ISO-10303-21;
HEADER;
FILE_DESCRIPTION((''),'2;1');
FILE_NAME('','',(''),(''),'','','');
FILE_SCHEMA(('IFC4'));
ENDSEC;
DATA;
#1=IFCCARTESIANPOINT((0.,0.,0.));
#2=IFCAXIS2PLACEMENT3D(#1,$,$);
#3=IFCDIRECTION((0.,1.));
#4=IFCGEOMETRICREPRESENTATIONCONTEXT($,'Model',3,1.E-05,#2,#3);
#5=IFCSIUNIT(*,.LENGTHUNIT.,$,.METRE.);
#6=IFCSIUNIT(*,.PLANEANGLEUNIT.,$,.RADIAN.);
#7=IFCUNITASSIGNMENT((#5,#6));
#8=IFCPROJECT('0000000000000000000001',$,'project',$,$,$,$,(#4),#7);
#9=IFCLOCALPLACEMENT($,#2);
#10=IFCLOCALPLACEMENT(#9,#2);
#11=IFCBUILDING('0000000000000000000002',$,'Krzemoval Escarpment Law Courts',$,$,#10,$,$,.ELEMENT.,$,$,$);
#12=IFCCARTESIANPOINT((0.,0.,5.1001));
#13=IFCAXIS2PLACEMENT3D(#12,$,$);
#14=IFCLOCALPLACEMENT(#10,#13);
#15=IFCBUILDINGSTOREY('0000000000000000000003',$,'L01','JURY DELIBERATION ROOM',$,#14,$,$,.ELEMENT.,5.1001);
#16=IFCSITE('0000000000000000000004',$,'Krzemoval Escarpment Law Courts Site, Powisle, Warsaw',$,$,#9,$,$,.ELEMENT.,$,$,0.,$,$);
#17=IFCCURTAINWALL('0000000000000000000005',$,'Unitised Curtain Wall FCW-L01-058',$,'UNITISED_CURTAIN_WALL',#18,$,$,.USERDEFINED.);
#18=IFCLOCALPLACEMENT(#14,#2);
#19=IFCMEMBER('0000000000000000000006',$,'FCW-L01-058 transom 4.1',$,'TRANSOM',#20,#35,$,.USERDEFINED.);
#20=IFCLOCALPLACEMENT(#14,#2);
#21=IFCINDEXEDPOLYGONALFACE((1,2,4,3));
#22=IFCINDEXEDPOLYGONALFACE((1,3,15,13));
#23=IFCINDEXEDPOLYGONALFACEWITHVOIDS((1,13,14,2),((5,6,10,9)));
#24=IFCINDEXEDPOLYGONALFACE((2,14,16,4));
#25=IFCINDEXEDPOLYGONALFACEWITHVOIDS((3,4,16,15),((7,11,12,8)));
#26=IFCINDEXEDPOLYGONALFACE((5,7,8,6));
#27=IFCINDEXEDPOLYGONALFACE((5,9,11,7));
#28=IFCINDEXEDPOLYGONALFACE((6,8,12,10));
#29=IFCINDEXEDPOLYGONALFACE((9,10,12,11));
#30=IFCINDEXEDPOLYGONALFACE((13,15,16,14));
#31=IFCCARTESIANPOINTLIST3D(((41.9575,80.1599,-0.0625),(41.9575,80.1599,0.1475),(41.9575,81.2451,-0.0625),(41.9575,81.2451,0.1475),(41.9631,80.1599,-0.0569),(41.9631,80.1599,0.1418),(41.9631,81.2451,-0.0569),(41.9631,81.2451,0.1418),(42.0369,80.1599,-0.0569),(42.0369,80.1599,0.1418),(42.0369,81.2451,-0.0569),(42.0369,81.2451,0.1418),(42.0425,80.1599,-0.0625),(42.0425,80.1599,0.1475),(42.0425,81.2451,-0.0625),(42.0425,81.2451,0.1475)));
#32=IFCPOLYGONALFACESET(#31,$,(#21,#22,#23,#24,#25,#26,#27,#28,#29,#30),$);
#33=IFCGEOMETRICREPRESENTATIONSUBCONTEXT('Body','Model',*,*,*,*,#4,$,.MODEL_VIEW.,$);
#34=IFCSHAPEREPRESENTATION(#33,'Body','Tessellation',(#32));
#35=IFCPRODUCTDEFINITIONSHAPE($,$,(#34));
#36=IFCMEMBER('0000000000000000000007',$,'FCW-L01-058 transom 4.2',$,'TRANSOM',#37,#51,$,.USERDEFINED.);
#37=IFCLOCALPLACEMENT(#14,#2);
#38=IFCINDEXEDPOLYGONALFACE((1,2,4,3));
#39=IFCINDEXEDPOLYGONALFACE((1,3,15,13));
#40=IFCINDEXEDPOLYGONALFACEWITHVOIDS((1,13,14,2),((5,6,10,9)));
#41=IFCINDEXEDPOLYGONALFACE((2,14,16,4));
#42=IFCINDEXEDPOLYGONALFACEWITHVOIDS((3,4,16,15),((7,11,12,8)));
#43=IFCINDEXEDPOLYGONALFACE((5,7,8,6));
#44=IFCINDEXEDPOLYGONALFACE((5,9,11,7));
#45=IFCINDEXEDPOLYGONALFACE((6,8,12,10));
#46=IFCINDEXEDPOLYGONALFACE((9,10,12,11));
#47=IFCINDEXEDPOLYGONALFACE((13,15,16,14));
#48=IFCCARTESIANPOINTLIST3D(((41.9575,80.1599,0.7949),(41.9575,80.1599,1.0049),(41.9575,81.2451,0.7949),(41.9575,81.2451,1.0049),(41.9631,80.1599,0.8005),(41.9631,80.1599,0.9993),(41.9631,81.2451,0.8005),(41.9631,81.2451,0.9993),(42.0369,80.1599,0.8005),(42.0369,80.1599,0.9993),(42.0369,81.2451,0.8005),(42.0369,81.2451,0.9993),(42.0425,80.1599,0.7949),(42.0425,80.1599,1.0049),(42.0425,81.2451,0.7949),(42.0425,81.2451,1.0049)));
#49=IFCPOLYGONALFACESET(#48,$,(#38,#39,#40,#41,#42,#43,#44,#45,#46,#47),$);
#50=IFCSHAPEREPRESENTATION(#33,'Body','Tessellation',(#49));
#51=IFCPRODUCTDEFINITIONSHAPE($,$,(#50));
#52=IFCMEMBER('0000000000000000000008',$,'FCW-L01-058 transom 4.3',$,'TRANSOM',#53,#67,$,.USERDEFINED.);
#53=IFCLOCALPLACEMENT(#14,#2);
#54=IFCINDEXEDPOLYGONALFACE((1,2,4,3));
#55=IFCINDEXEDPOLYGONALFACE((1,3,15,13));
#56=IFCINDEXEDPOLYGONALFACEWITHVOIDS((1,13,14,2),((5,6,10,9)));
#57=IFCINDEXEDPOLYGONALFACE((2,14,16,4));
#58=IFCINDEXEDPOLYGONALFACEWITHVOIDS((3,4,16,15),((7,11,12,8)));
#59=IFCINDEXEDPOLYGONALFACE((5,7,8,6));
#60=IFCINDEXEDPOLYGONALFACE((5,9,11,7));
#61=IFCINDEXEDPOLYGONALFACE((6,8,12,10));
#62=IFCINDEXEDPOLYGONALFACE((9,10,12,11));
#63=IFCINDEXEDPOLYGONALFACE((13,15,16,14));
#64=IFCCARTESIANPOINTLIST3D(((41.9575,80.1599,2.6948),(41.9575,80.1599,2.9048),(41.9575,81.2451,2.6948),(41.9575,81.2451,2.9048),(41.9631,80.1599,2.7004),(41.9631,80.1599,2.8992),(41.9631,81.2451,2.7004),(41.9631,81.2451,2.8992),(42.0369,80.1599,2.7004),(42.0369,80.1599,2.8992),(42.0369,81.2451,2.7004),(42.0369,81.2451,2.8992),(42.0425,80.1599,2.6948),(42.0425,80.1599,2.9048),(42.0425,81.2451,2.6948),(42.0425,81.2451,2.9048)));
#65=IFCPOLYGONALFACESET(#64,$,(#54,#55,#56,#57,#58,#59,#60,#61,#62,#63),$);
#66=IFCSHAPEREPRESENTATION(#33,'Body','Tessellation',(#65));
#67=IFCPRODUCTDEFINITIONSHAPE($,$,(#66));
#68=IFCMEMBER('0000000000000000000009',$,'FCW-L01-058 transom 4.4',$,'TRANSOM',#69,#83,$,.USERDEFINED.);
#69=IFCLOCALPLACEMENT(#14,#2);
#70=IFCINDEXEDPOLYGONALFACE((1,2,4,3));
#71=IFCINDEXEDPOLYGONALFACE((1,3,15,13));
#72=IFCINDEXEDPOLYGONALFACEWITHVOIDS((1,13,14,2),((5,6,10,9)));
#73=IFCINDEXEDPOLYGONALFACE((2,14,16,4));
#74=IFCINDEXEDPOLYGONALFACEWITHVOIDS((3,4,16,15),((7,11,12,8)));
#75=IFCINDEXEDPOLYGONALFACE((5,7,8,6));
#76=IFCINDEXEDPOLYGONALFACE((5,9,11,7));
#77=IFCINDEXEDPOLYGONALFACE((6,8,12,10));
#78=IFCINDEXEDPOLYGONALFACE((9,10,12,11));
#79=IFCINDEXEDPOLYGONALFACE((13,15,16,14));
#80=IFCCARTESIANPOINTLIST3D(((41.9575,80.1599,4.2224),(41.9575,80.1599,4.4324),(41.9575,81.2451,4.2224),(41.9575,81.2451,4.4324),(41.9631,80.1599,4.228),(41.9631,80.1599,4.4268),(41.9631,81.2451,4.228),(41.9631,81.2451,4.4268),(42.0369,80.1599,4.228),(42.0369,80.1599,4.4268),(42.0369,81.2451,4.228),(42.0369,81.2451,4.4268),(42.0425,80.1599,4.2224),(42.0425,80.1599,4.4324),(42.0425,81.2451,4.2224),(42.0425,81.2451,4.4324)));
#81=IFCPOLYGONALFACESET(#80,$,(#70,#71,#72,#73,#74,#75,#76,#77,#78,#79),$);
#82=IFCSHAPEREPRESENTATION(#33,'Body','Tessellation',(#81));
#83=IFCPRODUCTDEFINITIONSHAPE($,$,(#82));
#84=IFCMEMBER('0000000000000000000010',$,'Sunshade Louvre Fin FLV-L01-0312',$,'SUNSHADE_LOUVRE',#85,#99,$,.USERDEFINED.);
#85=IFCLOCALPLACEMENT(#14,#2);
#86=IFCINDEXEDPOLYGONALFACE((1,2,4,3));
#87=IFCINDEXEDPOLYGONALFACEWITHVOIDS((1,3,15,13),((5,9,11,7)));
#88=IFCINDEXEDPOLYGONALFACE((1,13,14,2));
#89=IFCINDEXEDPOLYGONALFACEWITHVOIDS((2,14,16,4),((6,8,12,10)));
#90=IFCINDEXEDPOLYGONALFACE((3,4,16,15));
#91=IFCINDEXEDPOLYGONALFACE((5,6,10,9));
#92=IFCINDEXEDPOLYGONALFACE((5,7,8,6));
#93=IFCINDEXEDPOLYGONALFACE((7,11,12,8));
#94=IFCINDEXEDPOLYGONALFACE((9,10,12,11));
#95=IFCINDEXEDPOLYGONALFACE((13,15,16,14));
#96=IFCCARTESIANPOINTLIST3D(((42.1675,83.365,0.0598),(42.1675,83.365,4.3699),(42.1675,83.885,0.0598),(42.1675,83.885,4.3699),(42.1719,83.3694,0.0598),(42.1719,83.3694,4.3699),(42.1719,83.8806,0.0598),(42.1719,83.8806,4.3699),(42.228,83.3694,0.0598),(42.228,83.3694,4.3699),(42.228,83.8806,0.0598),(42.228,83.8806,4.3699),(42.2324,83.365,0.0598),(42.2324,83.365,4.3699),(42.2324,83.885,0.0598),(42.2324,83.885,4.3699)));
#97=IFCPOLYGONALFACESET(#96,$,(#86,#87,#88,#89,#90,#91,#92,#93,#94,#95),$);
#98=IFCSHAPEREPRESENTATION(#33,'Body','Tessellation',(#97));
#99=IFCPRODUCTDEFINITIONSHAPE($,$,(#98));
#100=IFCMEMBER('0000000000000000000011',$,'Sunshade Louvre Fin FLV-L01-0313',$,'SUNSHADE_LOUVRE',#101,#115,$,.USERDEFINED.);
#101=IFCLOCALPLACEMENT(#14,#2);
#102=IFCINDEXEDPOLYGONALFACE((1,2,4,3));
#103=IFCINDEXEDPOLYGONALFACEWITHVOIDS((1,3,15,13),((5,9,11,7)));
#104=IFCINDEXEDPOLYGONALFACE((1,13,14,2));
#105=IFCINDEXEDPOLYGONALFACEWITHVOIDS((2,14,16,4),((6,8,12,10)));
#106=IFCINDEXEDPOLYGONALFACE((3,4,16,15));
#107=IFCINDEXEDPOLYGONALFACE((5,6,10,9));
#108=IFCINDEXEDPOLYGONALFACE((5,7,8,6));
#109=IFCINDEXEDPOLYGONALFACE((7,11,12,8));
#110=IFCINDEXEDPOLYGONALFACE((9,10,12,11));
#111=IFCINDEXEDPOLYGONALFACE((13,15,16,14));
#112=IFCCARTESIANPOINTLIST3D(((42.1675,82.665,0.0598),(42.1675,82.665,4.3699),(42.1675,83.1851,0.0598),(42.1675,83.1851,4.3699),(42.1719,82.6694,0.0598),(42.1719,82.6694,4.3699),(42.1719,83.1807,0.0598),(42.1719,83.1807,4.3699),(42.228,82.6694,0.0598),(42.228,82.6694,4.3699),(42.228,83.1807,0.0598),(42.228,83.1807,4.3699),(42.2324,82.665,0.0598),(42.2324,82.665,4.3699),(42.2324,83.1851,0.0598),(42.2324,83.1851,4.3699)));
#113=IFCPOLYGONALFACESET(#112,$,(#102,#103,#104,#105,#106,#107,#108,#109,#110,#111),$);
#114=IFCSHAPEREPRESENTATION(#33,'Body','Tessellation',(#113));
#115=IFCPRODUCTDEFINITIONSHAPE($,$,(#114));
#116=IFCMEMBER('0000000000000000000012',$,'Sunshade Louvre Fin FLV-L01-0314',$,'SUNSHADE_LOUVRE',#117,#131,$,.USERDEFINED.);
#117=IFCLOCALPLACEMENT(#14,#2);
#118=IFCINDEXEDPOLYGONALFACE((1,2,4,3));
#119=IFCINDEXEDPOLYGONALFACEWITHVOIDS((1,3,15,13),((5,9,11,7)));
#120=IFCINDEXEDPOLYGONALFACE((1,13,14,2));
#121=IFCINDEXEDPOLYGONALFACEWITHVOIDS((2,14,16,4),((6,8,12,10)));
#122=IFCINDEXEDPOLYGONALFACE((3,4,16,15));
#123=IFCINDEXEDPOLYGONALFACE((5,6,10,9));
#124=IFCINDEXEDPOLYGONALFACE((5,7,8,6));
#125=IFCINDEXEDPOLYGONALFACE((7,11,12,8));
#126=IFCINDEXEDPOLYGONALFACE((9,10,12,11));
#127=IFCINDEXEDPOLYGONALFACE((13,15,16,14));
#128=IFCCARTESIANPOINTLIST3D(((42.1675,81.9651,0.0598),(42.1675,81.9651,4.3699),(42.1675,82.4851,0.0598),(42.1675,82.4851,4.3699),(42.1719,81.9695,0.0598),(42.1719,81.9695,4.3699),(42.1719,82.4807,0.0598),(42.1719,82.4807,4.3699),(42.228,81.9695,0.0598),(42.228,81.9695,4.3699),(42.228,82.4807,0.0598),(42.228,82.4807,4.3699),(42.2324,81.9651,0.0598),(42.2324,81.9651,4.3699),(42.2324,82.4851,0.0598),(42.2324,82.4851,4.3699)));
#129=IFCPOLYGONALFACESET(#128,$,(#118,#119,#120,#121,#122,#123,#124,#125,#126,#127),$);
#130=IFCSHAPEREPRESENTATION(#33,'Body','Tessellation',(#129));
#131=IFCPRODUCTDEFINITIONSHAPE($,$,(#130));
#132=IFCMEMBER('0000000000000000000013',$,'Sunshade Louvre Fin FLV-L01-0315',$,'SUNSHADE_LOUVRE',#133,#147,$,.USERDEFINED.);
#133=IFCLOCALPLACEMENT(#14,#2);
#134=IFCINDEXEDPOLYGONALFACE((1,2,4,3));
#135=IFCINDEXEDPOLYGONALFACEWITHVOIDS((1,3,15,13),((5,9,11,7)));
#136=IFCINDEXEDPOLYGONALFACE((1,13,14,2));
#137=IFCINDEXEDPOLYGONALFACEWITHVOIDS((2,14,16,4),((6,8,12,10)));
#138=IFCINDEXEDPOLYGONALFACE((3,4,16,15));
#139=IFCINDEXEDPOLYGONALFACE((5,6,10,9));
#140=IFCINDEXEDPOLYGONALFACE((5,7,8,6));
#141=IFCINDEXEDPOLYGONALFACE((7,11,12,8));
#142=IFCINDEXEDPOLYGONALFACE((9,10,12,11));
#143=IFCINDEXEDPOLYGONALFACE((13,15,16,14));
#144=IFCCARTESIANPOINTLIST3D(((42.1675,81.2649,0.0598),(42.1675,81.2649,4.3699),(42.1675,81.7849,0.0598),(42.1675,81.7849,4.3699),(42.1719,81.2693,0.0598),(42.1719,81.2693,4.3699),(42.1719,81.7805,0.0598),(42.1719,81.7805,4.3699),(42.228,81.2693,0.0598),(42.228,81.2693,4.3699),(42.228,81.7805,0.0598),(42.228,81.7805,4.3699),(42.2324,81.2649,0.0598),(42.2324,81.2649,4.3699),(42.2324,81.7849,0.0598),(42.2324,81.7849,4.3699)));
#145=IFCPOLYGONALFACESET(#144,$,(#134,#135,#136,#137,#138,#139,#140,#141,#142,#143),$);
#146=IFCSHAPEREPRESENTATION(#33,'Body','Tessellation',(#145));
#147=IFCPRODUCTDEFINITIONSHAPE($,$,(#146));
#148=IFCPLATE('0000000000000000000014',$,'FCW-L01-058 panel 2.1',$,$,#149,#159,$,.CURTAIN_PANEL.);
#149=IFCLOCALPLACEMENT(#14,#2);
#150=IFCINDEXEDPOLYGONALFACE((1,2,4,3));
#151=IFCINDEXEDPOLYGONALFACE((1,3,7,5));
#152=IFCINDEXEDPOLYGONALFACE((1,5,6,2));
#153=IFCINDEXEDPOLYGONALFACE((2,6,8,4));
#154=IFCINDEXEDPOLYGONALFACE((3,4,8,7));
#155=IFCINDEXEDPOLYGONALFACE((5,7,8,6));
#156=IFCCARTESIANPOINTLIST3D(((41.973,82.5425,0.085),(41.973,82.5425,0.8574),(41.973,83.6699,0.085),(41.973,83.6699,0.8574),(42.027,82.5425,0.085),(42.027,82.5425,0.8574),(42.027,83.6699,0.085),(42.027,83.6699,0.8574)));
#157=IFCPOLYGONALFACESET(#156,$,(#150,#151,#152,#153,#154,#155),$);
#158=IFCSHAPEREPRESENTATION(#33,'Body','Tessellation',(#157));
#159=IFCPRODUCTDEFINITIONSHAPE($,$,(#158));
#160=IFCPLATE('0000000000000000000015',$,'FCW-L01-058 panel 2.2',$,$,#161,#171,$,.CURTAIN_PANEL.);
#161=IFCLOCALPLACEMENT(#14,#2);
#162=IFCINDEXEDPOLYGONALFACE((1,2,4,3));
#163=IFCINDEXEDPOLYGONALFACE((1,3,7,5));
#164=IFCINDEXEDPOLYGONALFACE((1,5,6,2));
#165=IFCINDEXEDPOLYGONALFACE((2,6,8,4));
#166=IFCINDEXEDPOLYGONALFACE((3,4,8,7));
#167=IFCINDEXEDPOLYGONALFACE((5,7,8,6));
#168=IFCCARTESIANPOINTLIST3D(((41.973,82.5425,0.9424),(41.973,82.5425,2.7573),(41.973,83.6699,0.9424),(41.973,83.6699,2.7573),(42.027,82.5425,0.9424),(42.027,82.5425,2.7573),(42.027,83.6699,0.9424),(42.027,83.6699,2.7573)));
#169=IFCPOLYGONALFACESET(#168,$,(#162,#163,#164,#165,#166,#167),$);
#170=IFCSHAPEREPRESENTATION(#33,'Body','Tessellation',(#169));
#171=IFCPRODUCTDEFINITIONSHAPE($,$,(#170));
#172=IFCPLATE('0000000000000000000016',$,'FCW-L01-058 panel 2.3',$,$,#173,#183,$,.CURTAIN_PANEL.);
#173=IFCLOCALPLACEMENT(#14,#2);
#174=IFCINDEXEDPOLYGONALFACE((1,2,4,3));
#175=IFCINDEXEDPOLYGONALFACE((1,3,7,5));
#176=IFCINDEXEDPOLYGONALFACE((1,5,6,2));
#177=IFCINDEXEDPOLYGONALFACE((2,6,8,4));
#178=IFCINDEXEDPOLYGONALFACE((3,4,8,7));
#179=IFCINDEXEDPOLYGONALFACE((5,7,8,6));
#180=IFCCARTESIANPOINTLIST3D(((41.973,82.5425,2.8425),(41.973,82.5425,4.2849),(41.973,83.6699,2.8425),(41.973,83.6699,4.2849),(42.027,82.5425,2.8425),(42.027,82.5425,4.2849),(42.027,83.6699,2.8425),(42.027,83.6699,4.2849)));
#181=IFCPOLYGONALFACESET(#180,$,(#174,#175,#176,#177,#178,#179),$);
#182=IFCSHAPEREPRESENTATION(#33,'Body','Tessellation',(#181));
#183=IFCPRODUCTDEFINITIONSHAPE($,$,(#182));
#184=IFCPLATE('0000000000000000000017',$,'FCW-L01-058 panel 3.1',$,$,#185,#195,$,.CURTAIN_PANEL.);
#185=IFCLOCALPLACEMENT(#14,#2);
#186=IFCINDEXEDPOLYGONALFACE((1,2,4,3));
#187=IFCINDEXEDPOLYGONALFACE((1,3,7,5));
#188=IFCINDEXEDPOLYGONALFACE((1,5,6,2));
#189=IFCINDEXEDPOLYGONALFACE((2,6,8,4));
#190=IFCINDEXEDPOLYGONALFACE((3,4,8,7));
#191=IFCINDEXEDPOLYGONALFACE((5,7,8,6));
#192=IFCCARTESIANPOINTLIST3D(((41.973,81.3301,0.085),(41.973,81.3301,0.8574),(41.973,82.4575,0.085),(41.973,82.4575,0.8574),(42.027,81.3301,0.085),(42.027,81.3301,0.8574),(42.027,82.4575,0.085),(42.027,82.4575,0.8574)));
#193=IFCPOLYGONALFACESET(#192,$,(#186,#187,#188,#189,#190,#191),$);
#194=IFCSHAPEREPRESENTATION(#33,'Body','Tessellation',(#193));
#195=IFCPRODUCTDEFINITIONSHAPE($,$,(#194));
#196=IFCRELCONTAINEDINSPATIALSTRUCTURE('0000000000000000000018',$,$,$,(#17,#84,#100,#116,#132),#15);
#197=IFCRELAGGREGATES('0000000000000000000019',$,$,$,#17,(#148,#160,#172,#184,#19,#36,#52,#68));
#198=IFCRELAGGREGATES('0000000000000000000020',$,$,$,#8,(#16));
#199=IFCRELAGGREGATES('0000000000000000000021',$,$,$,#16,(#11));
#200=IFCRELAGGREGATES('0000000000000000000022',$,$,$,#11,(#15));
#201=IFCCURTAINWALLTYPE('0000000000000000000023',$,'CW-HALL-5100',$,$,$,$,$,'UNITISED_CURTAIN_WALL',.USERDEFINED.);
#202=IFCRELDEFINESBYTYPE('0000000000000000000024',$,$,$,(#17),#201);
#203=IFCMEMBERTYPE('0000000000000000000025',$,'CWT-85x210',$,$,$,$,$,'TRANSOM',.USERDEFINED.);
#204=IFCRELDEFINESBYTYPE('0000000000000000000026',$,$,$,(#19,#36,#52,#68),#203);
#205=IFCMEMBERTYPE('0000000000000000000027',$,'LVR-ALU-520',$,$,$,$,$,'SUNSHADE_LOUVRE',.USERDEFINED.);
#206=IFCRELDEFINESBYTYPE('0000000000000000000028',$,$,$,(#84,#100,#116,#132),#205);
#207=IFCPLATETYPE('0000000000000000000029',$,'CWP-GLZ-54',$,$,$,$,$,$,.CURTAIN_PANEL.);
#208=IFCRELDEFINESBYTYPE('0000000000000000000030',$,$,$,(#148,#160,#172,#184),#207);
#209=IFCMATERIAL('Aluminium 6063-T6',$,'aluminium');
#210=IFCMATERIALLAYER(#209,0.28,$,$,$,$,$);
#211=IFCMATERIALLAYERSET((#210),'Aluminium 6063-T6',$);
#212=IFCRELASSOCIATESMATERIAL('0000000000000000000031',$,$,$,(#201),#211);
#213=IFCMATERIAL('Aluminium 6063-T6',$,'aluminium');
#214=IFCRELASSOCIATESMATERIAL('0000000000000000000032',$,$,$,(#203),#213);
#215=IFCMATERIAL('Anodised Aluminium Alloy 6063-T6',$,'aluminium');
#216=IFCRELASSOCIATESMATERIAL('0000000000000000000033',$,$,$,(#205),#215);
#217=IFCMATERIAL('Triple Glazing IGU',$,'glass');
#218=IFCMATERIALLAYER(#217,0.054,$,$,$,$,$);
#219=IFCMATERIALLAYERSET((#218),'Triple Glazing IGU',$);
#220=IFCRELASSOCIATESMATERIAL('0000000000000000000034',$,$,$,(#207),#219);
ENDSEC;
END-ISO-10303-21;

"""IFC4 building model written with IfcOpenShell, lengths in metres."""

from ifc_helpers import new_model, si_unit, direction, frame, origin, origin_2d, place, context, subcontext, project, spatial, rectangle, hollow_rectangle, extrude, material, layer, layer_set, material_profile, profile_set, type_object, element, aggregate, save


model = new_model("IFC4")

# Units and contexts
model_context = context("Model", 3, precision=1e-05, world=origin(), true_north=direction((0.0, 1.0)))
body_context = subcontext(model_context, "Body", "Model", "MODEL_VIEW")
ifc_project = project(units=[si_unit("LENGTHUNIT", "METRE"), si_unit("PLANEANGLEUNIT", "RADIAN")], contexts=[model_context])

# Site, building, storey
site_placement = place(None, origin())
site = spatial("IfcSite", under=ifc_project, at=site_placement, Name="Krzemoval Escarpment Law Courts Site, Powisle, Warsaw", CompositionType="ELEMENT", RefElevation=0.0)
building_placement = place(site_placement, origin())
building = spatial("IfcBuilding", under=site, at=building_placement, Name="Krzemoval Escarpment Law Courts", CompositionType="ELEMENT")
storey_placement = place(building_placement, frame((0.0, 0.0, 5.1001)))
storey = spatial("IfcBuildingStorey", under=building, at=storey_placement, Name="L01", Description="JURY DELIBERATION ROOM", CompositionType="ELEMENT", Elevation=5.1001)

# Curtain wall, members
ifc_material_1 = material(Name="Aluminium 6063-T6", Category="aluminium")
ifc_layer_1 = layer(ifc_material_1, 0.28)
ifc_layer_set_1 = layer_set([ifc_layer_1], Name="Aluminium 6063-T6")
curtain_wall_type = type_object("IfcCurtainWallType", Name="CW-HALL-5100", ElementType="UNITISED_CURTAIN_WALL", PredefinedType="USERDEFINED", material=ifc_layer_set_1)
curtain_wall_placement = place(storey_placement, origin())
curtain_wall = element("IfcCurtainWall", 1, at=curtain_wall_placement, inside=storey, type_object=curtain_wall_type, Name="Unitised Curtain Wall FCW-L01-058", ObjectType="UNITISED_CURTAIN_WALL", PredefinedType="USERDEFINED")
ifc_material_2 = material(Name="Aluminium 6063-T6", Category="aluminium")
ifc_material_profile_1 = material_profile(ifc_material_2, hollow_rectangle(XDim=0.085, YDim=0.21, WallThickness=0.0056, at=origin_2d()), Name="ALU T85x210")
ifc_profile_set_1 = profile_set([ifc_material_profile_1], Name="Aluminium 6063-T6")
member_type_1 = type_object("IfcMemberType", Name="CWT-85x210", ElementType="TRANSOM", PredefinedType="USERDEFINED", material=ifc_profile_set_1)
member_1_placement = place(storey_placement, frame((42.0, 81.2451, 0.0425), z_axis=(0.0, -1.0, 0.0), x_axis=(1.0, 0.0, 0.0)))
member_1 = element("IfcMember", 2, at=member_1_placement, type_object=member_type_1, Name="FCW-L01-058 transom 4.1", ObjectType="TRANSOM", PredefinedType="USERDEFINED", context=body_context, shape_type="SweptSolid", body=[
    extrude(hollow_rectangle(XDim=0.085, YDim=0.21, WallThickness=0.0056, at=origin_2d()), origin(), (0.0, 0.0, 1.0), 1.0852),
])
member_2_placement = place(storey_placement, frame((42.0, 81.2451, 0.8999), z_axis=(0.0, -1.0, 0.0), x_axis=(1.0, 0.0, 0.0)))
member_2 = element("IfcMember", 3, at=member_2_placement, type_object=member_type_1, Name="FCW-L01-058 transom 4.2", ObjectType="TRANSOM", PredefinedType="USERDEFINED", context=body_context, shape_type="SweptSolid", body=[
    extrude(hollow_rectangle(XDim=0.085, YDim=0.21, WallThickness=0.0056, at=origin_2d()), origin(), (0.0, 0.0, 1.0), 1.0852),
])
member_3_placement = place(storey_placement, frame((42.0, 81.2451, 2.7998), z_axis=(0.0, -1.0, 0.0), x_axis=(1.0, 0.0, 0.0)))
member_3 = element("IfcMember", 4, at=member_3_placement, type_object=member_type_1, Name="FCW-L01-058 transom 4.3", ObjectType="TRANSOM", PredefinedType="USERDEFINED", context=body_context, shape_type="SweptSolid", body=[
    extrude(hollow_rectangle(XDim=0.085, YDim=0.21, WallThickness=0.0056, at=origin_2d()), origin(), (0.0, 0.0, 1.0), 1.0852),
])
member_4_placement = place(storey_placement, frame((42.0, 81.2451, 4.3274), z_axis=(0.0, -1.0, 0.0), x_axis=(1.0, 0.0, 0.0)))
member_4 = element("IfcMember", 5, at=member_4_placement, type_object=member_type_1, Name="FCW-L01-058 transom 4.4", ObjectType="TRANSOM", PredefinedType="USERDEFINED", context=body_context, shape_type="SweptSolid", body=[
    extrude(hollow_rectangle(XDim=0.085, YDim=0.21, WallThickness=0.0056, at=origin_2d()), origin(), (0.0, 0.0, 1.0), 1.0852),
])

# Members
ifc_material_3 = material(Name="Anodised Aluminium Alloy 6063-T6", Category="aluminium")
ifc_material_profile_2 = material_profile(ifc_material_3, hollow_rectangle(XDim=0.0649, YDim=0.52, WallThickness=0.0044, at=origin_2d()), Name="ALU LVR 65x520")
ifc_profile_set_2 = profile_set([ifc_material_profile_2], Name="Anodised Aluminium Alloy 6063-T6")
member_type_2 = type_object("IfcMemberType", Name="LVR-ALU-520", ElementType="SUNSHADE_LOUVRE", PredefinedType="USERDEFINED", material=ifc_profile_set_2)
for number, where, z_axis, x_axis, name in (
    (6, (42.2, 83.625, 0.0598), (0.0, 0.0, 1.0), (1.0, 0.0, 0.0), "Sunshade Louvre Fin FLV-L01-0312"),
    (7, (42.2, 82.925, 0.0598), (0.0, 0.0, 1.0), (1.0, 0.0, 0.0), "Sunshade Louvre Fin FLV-L01-0313"),
    (8, (42.2, 82.2251, 0.0598), (0.0, 0.0, 1.0), (1.0, 0.0, 0.0), "Sunshade Louvre Fin FLV-L01-0314"),
    (9, (42.2, 81.5249, 0.0598), (0.0, 0.0, 1.0), (1.0, 0.0, 0.0), "Sunshade Louvre Fin FLV-L01-0315"),
):
    element("IfcMember", number, at=place(storey_placement, frame(where, z_axis=z_axis, x_axis=x_axis)), inside=storey, type_object=member_type_2, Name=name, ObjectType="SUNSHADE_LOUVRE", PredefinedType="USERDEFINED", context=body_context, shape_type="SweptSolid", body=[
        extrude(hollow_rectangle(XDim=0.0649, YDim=0.52, WallThickness=0.0044, at=origin_2d()), origin(), (0.0, 0.0, 1.0), 4.3101),
    ])

# Plates
ifc_material_4 = material(Name="Triple Glazing IGU", Category="glass")
ifc_layer_2 = layer(ifc_material_4, 0.054)
ifc_layer_set_2 = layer_set([ifc_layer_2], Name="Triple Glazing IGU")
plate_type = type_object("IfcPlateType", Name="CWP-GLZ-54", PredefinedType="CURTAIN_PANEL", material=ifc_layer_set_2)
plate_1_placement = place(storey_placement, frame((42.0, 83.1062, 0.085), z_axis=(0.0, 0.0, 1.0), x_axis=(0.0, -1.0, 0.0)))
plate_1 = element("IfcPlate", 10, at=plate_1_placement, type_object=plate_type, Name="FCW-L01-058 panel 2.1", PredefinedType="CURTAIN_PANEL", context=body_context, shape_type="SweptSolid", body=[
    extrude(rectangle(XDim=1.1274, YDim=0.054, at=origin_2d()), origin(), (0.0, 0.0, 1.0), 0.7725),
])
plate_2_placement = place(storey_placement, frame((42.0, 83.1062, 0.9424), z_axis=(0.0, 0.0, 1.0), x_axis=(0.0, -1.0, 0.0)))
plate_2 = element("IfcPlate", 11, at=plate_2_placement, type_object=plate_type, Name="FCW-L01-058 panel 2.2", PredefinedType="CURTAIN_PANEL", context=body_context, shape_type="SweptSolid", body=[
    extrude(rectangle(XDim=1.1274, YDim=0.054, at=origin_2d()), origin(), (0.0, 0.0, 1.0), 1.8149),
])
plate_3_placement = place(storey_placement, frame((42.0, 83.1062, 2.8425), z_axis=(0.0, 0.0, 1.0), x_axis=(0.0, -1.0, 0.0)))
plate_3 = element("IfcPlate", 12, at=plate_3_placement, type_object=plate_type, Name="FCW-L01-058 panel 2.3", PredefinedType="CURTAIN_PANEL", context=body_context, shape_type="SweptSolid", body=[
    extrude(rectangle(XDim=1.1274, YDim=0.054, at=origin_2d()), origin(), (0.0, 0.0, 1.0), 1.4424),
])
plate_4_placement = place(storey_placement, frame((42.0, 81.8938, 0.085), z_axis=(0.0, 0.0, 1.0), x_axis=(0.0, -1.0, 0.0)))
plate_4 = element("IfcPlate", 13, at=plate_4_placement, type_object=plate_type, Name="FCW-L01-058 panel 3.1", PredefinedType="CURTAIN_PANEL", context=body_context, shape_type="SweptSolid", body=[
    extrude(rectangle(XDim=1.1274, YDim=0.054, at=origin_2d()), origin(), (0.0, 0.0, 1.0), 0.7725),
])
aggregate(curtain_wall, [plate_1, plate_2, plate_3, plate_4, member_1, member_2, member_3, member_4])

save(model, "model.ifc")
